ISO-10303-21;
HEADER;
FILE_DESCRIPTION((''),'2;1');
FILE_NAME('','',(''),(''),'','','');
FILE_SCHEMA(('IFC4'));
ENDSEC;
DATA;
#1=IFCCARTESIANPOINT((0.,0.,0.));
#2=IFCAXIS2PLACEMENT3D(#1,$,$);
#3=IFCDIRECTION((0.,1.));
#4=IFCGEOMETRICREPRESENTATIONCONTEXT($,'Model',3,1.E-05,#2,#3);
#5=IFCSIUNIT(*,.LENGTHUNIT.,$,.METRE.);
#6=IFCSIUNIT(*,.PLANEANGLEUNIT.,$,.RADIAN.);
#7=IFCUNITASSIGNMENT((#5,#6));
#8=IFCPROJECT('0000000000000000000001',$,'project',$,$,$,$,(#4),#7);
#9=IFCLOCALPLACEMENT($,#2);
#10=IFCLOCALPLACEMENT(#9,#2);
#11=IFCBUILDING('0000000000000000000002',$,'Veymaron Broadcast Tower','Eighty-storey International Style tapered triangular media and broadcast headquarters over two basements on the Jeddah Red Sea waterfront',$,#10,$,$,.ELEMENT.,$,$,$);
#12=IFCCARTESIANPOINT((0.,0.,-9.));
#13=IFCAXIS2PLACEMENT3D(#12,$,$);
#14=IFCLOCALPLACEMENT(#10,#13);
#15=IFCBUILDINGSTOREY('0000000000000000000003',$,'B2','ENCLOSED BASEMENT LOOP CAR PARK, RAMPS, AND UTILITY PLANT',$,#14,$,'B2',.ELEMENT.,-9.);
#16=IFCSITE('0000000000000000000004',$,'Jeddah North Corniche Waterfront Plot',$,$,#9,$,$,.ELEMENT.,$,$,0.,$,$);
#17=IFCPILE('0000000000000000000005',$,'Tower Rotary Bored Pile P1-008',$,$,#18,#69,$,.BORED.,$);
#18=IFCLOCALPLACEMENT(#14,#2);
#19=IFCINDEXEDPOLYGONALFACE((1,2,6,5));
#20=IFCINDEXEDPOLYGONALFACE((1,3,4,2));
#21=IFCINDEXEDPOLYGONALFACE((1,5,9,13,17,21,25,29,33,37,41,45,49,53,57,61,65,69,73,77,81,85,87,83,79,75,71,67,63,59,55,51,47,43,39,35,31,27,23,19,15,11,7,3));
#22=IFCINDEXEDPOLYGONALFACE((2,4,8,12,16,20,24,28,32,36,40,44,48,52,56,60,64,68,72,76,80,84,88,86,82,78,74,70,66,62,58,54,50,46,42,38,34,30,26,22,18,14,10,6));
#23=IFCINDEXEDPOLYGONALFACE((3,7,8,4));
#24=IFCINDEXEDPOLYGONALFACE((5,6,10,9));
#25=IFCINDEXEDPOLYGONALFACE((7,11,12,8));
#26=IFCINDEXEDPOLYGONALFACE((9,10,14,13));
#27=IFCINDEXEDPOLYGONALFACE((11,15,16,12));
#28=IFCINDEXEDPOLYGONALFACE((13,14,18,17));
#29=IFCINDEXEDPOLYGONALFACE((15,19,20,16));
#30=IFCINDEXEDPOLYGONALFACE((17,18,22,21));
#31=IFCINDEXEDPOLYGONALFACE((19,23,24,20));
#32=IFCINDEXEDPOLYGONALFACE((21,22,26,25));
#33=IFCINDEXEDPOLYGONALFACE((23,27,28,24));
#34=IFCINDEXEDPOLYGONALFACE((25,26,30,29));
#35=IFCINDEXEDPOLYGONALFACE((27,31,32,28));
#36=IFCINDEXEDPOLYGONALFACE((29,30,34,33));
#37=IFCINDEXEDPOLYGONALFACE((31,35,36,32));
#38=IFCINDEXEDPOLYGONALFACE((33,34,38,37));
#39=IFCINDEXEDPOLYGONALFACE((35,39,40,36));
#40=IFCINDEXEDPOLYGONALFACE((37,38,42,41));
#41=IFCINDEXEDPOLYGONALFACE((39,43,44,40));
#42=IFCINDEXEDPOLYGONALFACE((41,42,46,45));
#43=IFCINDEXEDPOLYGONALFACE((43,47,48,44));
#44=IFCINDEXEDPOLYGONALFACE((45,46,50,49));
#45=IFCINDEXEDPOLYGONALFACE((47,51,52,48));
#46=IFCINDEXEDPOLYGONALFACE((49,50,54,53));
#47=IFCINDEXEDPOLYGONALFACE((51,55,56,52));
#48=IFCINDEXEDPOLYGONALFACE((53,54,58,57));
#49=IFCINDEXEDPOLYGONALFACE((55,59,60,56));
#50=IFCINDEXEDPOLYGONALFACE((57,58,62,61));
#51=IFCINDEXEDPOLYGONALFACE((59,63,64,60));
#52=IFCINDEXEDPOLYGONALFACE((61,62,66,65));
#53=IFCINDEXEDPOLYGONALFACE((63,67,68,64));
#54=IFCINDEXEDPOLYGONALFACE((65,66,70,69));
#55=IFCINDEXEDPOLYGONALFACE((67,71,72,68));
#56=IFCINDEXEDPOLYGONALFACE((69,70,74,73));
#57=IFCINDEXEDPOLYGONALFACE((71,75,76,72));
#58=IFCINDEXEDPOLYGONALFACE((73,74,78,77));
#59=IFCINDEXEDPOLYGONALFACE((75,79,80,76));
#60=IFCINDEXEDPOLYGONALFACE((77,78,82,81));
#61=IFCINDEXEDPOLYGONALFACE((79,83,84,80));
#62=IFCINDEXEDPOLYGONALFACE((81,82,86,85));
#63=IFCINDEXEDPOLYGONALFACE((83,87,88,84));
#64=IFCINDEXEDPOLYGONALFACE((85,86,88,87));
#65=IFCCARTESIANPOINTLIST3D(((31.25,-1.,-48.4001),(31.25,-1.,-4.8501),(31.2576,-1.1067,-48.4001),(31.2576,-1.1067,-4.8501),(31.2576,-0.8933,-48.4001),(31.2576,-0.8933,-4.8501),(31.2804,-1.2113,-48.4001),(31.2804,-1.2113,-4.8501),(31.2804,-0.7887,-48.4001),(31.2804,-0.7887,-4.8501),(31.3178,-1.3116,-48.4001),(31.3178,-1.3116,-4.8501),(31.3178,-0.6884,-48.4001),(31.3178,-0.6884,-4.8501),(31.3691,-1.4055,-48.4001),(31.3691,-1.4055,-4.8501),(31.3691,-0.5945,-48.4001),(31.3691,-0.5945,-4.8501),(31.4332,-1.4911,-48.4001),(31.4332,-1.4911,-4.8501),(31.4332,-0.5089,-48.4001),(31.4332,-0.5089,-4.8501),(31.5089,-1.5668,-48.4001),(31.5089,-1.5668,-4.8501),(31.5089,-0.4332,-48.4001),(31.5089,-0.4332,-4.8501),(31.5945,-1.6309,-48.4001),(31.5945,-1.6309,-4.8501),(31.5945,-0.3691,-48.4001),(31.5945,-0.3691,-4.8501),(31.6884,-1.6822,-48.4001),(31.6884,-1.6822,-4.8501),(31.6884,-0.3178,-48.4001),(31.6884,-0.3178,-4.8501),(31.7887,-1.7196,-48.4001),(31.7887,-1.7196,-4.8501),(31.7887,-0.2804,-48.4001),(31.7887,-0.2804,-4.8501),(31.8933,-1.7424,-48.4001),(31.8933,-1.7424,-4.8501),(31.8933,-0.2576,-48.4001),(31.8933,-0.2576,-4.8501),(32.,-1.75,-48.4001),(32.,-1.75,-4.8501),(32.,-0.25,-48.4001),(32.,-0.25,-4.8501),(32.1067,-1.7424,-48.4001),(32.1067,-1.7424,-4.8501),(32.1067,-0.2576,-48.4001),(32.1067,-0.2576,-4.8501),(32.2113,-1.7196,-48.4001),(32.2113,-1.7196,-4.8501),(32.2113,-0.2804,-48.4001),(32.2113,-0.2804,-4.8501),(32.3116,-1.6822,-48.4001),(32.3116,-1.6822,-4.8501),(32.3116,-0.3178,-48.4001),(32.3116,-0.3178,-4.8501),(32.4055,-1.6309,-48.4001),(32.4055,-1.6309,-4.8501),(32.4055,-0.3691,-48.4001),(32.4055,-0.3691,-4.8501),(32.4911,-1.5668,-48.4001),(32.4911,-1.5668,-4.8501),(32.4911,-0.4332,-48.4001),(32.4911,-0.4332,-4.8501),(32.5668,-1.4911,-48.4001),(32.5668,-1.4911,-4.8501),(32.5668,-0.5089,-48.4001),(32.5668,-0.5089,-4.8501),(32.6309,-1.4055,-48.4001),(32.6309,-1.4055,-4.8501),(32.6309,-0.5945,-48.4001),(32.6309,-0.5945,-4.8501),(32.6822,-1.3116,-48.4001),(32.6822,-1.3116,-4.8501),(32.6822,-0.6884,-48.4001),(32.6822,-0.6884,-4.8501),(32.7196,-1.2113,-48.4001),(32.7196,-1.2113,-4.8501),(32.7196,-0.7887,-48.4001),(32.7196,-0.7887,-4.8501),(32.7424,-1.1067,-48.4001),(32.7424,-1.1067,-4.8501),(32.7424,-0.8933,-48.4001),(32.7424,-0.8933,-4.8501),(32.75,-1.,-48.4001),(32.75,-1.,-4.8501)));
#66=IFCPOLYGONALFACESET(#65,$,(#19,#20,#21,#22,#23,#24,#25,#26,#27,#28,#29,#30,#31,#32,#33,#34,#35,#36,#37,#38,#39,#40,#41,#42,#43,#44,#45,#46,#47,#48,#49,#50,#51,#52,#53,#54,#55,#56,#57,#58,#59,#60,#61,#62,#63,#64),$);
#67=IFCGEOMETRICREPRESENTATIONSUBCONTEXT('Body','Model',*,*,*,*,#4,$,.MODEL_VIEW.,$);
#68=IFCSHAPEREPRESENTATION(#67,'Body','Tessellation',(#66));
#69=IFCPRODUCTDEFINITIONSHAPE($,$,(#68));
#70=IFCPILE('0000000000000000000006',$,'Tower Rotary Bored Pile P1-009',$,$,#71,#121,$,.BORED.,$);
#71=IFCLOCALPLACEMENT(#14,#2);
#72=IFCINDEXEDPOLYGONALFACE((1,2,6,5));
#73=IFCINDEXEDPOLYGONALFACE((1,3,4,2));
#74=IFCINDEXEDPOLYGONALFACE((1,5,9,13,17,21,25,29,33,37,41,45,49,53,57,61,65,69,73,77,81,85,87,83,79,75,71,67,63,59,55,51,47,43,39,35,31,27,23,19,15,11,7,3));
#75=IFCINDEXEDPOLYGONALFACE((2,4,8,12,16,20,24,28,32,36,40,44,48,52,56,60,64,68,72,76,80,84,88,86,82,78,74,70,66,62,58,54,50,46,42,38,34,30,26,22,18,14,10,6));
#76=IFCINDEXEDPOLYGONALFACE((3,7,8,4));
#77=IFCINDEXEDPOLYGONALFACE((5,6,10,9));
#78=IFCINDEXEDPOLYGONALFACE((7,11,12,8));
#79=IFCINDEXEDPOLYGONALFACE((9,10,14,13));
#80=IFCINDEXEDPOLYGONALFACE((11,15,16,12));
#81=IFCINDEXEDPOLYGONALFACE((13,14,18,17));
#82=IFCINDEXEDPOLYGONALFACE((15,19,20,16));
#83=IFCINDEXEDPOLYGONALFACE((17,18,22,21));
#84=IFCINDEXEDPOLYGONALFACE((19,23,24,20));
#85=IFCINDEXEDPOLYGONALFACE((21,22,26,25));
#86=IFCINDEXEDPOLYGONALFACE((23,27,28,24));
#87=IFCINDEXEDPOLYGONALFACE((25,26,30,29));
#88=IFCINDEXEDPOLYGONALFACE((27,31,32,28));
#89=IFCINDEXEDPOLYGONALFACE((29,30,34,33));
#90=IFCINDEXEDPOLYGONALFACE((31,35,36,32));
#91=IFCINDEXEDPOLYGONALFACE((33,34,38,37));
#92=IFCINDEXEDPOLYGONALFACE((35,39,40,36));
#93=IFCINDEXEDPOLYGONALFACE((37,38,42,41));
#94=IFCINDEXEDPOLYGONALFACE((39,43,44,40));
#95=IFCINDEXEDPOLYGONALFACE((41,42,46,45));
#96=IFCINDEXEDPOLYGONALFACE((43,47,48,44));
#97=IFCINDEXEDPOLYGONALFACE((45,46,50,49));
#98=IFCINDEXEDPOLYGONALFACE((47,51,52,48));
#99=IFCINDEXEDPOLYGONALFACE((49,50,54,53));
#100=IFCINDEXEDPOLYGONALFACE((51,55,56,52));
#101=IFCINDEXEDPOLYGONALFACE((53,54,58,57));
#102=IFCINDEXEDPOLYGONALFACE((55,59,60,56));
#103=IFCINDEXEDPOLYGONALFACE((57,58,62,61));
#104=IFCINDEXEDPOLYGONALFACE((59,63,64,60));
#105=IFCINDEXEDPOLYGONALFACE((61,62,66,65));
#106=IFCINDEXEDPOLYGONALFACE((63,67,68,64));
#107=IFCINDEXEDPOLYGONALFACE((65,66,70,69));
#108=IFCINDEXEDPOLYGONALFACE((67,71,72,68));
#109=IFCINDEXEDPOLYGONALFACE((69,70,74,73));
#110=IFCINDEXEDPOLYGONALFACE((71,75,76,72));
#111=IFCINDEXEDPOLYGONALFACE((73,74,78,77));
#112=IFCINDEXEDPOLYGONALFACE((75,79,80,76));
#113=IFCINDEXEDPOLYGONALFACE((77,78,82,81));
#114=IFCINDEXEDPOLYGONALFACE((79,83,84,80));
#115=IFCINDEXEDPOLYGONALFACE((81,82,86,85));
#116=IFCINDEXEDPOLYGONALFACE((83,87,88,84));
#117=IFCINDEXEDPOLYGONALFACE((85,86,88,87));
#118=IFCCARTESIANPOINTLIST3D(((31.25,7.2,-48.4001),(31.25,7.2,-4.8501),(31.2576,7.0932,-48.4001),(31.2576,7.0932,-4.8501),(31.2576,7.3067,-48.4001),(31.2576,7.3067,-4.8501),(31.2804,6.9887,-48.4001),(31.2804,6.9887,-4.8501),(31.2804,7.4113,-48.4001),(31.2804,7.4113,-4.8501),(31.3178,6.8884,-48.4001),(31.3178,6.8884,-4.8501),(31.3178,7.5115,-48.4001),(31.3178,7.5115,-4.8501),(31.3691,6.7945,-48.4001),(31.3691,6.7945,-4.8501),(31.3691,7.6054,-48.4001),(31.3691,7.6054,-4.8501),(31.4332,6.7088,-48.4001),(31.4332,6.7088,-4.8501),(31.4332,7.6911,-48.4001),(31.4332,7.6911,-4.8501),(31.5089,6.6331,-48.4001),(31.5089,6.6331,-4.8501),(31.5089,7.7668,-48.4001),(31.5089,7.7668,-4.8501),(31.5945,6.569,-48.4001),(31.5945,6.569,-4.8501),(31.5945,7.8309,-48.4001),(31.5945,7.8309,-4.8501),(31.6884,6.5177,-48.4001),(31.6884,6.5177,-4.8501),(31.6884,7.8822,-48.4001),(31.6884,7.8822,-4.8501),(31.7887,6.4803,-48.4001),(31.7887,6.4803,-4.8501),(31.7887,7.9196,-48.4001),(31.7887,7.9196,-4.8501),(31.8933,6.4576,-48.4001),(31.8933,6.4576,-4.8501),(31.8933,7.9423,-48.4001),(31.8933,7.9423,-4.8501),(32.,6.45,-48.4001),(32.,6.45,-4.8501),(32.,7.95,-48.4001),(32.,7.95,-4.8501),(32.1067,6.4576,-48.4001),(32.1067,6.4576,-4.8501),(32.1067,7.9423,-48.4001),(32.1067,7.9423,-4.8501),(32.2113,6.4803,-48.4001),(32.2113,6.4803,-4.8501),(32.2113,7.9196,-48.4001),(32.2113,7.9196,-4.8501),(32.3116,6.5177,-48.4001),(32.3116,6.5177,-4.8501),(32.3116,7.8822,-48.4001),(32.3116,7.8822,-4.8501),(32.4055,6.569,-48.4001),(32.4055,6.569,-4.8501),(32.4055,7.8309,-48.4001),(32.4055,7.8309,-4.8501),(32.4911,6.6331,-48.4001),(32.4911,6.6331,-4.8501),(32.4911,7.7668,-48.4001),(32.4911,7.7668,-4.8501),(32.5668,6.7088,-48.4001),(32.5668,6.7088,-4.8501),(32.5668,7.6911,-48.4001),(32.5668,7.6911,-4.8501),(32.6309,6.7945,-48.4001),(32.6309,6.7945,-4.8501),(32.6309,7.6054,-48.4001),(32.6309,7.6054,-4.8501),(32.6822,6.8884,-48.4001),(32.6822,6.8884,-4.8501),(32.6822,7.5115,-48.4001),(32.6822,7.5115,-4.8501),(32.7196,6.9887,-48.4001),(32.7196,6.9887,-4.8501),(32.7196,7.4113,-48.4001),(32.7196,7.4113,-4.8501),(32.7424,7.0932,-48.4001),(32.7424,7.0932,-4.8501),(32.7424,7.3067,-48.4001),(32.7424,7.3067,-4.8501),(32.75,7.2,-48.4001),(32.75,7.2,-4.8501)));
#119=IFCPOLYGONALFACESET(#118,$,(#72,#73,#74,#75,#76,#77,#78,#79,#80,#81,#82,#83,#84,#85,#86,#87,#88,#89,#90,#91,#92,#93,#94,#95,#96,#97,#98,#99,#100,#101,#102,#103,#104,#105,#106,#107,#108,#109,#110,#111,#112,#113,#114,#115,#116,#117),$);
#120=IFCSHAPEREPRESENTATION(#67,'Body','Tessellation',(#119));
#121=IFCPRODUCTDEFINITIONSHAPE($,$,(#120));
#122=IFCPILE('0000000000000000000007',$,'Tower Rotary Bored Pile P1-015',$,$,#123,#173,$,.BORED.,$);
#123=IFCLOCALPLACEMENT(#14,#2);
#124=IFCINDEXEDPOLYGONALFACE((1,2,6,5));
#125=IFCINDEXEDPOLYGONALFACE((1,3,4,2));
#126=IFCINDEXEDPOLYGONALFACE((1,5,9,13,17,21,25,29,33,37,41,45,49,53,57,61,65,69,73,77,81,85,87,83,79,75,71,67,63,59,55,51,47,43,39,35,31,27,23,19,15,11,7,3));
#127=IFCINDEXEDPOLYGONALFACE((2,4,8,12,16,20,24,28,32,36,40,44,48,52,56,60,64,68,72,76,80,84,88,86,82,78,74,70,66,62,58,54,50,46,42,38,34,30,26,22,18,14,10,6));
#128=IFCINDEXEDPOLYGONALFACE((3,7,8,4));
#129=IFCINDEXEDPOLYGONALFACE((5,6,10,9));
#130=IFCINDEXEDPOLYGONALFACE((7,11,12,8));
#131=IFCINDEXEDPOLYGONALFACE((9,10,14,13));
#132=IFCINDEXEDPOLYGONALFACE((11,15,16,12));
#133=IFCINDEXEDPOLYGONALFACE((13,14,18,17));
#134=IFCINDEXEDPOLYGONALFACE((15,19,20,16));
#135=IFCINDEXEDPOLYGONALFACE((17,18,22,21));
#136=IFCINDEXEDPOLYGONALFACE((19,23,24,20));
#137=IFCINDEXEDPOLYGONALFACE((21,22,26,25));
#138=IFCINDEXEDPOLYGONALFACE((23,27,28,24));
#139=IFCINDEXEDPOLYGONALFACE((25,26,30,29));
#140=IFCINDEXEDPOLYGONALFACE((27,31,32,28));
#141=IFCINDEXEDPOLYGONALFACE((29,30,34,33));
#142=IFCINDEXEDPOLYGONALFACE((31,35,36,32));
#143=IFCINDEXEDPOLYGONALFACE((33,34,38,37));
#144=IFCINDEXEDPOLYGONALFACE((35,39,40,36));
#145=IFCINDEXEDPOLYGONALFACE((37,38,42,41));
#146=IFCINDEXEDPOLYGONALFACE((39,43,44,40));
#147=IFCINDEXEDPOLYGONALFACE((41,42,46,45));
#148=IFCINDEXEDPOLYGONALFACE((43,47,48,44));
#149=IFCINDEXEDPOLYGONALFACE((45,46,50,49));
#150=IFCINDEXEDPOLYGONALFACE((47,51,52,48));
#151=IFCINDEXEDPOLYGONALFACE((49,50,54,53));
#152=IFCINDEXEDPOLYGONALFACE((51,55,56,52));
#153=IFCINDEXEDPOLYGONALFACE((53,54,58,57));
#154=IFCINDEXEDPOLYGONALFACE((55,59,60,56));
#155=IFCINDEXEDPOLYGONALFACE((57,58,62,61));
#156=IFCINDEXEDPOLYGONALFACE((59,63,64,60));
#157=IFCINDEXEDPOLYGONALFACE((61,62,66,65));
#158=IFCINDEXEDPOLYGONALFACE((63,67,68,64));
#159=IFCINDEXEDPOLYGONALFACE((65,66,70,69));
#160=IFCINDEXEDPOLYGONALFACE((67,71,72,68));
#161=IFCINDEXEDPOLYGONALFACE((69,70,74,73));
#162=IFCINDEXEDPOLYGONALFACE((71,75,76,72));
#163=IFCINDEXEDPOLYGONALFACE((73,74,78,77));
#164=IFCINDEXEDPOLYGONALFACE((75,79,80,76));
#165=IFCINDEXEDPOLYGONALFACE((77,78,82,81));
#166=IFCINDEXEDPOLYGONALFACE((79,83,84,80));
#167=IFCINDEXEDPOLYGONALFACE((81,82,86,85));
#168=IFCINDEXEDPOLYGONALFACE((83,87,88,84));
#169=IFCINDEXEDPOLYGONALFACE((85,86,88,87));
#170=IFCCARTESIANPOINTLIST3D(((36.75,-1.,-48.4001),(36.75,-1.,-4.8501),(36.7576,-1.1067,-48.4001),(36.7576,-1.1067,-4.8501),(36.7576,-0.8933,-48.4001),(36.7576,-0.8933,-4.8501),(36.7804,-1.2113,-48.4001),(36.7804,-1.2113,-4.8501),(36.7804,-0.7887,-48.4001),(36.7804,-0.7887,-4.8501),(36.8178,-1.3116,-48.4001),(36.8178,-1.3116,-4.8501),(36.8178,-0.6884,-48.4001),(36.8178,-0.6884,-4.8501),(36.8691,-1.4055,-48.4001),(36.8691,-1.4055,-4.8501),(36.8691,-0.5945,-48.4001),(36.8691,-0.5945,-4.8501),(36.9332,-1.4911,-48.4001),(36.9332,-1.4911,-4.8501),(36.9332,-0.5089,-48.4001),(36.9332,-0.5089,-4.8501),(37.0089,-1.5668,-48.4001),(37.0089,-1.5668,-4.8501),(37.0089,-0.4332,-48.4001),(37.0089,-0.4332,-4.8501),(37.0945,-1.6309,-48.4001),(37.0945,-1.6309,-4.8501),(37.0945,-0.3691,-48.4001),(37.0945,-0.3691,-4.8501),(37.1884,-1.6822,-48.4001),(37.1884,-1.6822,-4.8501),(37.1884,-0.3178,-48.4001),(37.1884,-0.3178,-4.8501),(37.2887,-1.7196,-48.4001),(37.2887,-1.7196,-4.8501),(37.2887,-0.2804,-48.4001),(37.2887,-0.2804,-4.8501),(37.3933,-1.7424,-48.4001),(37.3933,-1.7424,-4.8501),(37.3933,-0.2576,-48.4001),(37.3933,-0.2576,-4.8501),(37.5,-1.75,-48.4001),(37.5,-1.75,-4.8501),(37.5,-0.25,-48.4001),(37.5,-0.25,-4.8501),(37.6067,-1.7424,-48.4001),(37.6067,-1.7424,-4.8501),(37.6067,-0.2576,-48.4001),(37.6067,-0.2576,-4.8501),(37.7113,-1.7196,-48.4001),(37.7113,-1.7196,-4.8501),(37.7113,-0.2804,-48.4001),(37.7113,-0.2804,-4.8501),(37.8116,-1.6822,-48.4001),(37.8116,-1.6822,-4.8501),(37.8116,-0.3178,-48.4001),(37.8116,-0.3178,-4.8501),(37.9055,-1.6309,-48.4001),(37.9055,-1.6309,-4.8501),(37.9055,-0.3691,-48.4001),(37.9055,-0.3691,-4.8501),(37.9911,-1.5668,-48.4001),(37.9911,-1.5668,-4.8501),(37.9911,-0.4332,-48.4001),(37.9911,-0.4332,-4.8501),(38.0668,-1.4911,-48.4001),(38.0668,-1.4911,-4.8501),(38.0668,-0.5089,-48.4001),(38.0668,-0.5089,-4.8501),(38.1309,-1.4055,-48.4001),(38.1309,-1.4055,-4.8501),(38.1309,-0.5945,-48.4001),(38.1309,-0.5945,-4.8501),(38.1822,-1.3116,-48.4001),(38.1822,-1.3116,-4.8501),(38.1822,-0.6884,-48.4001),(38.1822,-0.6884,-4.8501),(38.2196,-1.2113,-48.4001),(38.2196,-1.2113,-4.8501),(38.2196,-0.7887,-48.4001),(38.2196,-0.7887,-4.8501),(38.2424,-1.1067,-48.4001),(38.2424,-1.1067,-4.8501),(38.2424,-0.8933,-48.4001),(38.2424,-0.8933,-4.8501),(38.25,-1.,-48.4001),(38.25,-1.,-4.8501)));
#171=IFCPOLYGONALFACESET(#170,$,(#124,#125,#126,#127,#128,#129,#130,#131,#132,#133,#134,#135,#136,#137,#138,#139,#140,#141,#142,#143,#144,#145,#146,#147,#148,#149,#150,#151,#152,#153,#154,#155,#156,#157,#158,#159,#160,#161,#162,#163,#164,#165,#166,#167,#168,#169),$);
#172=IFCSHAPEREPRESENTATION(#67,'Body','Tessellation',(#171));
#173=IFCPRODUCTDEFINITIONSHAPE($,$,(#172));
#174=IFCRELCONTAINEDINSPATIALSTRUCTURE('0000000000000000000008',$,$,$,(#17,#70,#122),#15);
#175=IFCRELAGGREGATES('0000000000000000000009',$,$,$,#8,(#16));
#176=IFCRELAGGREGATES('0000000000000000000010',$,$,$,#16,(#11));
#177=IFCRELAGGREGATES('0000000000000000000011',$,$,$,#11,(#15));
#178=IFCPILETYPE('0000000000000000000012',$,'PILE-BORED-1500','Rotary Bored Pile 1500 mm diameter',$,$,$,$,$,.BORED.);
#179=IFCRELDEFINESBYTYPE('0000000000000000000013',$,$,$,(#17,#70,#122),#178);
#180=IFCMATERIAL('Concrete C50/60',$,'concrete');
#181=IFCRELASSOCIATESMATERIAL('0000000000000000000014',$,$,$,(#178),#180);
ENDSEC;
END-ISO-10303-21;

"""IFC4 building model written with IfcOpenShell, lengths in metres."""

from ifc_helpers import new_model, si_unit, direction, frame, origin, origin_2d, place, context, subcontext, project, spatial, circle, extrude, material, material_profile, profile_set, type_object, element, save


model = new_model("IFC4")

# Units and contexts
model_context = context("Model", 3, precision=1e-05, world=origin(), true_north=direction((0.0, 1.0)))
body_context = subcontext(model_context, "Body", "Model", "MODEL_VIEW")
ifc_project = project(units=[si_unit("LENGTHUNIT", "METRE"), si_unit("PLANEANGLEUNIT", "RADIAN")], contexts=[model_context])

# Site, building, storey
site_placement = place(None, origin())
site = spatial("IfcSite", under=ifc_project, at=site_placement, Name="Jeddah North Corniche Waterfront Plot", CompositionType="ELEMENT", RefElevation=0.0)
building_placement = place(site_placement, origin())
building = spatial("IfcBuilding", under=site, at=building_placement, Name="Veymaron Broadcast Tower", Description="Eighty-storey International Style tapered triangular media and broadcast headquarters over two basements on the Jeddah Red Sea waterfront", CompositionType="ELEMENT")
storey_placement = place(building_placement, frame((0.0, 0.0, -9.0)))
storey = spatial("IfcBuildingStorey", under=building, at=storey_placement, Name="B2", Description="ENCLOSED BASEMENT LOOP CAR PARK, RAMPS, AND UTILITY PLANT", LongName="B2", CompositionType="ELEMENT", Elevation=-9.0)

# Piles
ifc_material_1 = material(Name="Concrete C50/60", Category="concrete")
ifc_material_profile_1 = material_profile(ifc_material_1, circle(Radius=0.75, at=origin_2d()), Name="PILE1500")
ifc_profile_set_1 = profile_set([ifc_material_profile_1], Name="Concrete C50/60")
pile_type = type_object("IfcPileType", Name="PILE-BORED-1500", Description="Rotary Bored Pile 1500 mm diameter", PredefinedType="BORED", material=ifc_profile_set_1)
for number, where, z_axis, x_axis, name in (
    (1, (32.0, -1.0, -4.8501), (0.0, 0.0, -1.0), (1.0, 0.0, 0.0), "Tower Rotary Bored Pile P1-008"),
    (2, (32.0, 7.2, -4.8501), (0.0, 0.0, -1.0), (1.0, 0.0, 0.0), "Tower Rotary Bored Pile P1-009"),
    (3, (37.5, -1.0, -4.8501), (0.0, 0.0, -1.0), (1.0, 0.0, 0.0), "Tower Rotary Bored Pile P1-015"),
):
    element("IfcPile", number, at=place(storey_placement, frame(where, z_axis=z_axis, x_axis=x_axis)), inside=storey, type_object=pile_type, Name=name, PredefinedType="BORED", context=body_context, shape_type="SweptSolid", body=[
        extrude(circle(Radius=0.75, at=origin_2d()), origin(), (0.0, 0.0, 1.0), 43.55),
    ])

save(model, "model.ifc")
